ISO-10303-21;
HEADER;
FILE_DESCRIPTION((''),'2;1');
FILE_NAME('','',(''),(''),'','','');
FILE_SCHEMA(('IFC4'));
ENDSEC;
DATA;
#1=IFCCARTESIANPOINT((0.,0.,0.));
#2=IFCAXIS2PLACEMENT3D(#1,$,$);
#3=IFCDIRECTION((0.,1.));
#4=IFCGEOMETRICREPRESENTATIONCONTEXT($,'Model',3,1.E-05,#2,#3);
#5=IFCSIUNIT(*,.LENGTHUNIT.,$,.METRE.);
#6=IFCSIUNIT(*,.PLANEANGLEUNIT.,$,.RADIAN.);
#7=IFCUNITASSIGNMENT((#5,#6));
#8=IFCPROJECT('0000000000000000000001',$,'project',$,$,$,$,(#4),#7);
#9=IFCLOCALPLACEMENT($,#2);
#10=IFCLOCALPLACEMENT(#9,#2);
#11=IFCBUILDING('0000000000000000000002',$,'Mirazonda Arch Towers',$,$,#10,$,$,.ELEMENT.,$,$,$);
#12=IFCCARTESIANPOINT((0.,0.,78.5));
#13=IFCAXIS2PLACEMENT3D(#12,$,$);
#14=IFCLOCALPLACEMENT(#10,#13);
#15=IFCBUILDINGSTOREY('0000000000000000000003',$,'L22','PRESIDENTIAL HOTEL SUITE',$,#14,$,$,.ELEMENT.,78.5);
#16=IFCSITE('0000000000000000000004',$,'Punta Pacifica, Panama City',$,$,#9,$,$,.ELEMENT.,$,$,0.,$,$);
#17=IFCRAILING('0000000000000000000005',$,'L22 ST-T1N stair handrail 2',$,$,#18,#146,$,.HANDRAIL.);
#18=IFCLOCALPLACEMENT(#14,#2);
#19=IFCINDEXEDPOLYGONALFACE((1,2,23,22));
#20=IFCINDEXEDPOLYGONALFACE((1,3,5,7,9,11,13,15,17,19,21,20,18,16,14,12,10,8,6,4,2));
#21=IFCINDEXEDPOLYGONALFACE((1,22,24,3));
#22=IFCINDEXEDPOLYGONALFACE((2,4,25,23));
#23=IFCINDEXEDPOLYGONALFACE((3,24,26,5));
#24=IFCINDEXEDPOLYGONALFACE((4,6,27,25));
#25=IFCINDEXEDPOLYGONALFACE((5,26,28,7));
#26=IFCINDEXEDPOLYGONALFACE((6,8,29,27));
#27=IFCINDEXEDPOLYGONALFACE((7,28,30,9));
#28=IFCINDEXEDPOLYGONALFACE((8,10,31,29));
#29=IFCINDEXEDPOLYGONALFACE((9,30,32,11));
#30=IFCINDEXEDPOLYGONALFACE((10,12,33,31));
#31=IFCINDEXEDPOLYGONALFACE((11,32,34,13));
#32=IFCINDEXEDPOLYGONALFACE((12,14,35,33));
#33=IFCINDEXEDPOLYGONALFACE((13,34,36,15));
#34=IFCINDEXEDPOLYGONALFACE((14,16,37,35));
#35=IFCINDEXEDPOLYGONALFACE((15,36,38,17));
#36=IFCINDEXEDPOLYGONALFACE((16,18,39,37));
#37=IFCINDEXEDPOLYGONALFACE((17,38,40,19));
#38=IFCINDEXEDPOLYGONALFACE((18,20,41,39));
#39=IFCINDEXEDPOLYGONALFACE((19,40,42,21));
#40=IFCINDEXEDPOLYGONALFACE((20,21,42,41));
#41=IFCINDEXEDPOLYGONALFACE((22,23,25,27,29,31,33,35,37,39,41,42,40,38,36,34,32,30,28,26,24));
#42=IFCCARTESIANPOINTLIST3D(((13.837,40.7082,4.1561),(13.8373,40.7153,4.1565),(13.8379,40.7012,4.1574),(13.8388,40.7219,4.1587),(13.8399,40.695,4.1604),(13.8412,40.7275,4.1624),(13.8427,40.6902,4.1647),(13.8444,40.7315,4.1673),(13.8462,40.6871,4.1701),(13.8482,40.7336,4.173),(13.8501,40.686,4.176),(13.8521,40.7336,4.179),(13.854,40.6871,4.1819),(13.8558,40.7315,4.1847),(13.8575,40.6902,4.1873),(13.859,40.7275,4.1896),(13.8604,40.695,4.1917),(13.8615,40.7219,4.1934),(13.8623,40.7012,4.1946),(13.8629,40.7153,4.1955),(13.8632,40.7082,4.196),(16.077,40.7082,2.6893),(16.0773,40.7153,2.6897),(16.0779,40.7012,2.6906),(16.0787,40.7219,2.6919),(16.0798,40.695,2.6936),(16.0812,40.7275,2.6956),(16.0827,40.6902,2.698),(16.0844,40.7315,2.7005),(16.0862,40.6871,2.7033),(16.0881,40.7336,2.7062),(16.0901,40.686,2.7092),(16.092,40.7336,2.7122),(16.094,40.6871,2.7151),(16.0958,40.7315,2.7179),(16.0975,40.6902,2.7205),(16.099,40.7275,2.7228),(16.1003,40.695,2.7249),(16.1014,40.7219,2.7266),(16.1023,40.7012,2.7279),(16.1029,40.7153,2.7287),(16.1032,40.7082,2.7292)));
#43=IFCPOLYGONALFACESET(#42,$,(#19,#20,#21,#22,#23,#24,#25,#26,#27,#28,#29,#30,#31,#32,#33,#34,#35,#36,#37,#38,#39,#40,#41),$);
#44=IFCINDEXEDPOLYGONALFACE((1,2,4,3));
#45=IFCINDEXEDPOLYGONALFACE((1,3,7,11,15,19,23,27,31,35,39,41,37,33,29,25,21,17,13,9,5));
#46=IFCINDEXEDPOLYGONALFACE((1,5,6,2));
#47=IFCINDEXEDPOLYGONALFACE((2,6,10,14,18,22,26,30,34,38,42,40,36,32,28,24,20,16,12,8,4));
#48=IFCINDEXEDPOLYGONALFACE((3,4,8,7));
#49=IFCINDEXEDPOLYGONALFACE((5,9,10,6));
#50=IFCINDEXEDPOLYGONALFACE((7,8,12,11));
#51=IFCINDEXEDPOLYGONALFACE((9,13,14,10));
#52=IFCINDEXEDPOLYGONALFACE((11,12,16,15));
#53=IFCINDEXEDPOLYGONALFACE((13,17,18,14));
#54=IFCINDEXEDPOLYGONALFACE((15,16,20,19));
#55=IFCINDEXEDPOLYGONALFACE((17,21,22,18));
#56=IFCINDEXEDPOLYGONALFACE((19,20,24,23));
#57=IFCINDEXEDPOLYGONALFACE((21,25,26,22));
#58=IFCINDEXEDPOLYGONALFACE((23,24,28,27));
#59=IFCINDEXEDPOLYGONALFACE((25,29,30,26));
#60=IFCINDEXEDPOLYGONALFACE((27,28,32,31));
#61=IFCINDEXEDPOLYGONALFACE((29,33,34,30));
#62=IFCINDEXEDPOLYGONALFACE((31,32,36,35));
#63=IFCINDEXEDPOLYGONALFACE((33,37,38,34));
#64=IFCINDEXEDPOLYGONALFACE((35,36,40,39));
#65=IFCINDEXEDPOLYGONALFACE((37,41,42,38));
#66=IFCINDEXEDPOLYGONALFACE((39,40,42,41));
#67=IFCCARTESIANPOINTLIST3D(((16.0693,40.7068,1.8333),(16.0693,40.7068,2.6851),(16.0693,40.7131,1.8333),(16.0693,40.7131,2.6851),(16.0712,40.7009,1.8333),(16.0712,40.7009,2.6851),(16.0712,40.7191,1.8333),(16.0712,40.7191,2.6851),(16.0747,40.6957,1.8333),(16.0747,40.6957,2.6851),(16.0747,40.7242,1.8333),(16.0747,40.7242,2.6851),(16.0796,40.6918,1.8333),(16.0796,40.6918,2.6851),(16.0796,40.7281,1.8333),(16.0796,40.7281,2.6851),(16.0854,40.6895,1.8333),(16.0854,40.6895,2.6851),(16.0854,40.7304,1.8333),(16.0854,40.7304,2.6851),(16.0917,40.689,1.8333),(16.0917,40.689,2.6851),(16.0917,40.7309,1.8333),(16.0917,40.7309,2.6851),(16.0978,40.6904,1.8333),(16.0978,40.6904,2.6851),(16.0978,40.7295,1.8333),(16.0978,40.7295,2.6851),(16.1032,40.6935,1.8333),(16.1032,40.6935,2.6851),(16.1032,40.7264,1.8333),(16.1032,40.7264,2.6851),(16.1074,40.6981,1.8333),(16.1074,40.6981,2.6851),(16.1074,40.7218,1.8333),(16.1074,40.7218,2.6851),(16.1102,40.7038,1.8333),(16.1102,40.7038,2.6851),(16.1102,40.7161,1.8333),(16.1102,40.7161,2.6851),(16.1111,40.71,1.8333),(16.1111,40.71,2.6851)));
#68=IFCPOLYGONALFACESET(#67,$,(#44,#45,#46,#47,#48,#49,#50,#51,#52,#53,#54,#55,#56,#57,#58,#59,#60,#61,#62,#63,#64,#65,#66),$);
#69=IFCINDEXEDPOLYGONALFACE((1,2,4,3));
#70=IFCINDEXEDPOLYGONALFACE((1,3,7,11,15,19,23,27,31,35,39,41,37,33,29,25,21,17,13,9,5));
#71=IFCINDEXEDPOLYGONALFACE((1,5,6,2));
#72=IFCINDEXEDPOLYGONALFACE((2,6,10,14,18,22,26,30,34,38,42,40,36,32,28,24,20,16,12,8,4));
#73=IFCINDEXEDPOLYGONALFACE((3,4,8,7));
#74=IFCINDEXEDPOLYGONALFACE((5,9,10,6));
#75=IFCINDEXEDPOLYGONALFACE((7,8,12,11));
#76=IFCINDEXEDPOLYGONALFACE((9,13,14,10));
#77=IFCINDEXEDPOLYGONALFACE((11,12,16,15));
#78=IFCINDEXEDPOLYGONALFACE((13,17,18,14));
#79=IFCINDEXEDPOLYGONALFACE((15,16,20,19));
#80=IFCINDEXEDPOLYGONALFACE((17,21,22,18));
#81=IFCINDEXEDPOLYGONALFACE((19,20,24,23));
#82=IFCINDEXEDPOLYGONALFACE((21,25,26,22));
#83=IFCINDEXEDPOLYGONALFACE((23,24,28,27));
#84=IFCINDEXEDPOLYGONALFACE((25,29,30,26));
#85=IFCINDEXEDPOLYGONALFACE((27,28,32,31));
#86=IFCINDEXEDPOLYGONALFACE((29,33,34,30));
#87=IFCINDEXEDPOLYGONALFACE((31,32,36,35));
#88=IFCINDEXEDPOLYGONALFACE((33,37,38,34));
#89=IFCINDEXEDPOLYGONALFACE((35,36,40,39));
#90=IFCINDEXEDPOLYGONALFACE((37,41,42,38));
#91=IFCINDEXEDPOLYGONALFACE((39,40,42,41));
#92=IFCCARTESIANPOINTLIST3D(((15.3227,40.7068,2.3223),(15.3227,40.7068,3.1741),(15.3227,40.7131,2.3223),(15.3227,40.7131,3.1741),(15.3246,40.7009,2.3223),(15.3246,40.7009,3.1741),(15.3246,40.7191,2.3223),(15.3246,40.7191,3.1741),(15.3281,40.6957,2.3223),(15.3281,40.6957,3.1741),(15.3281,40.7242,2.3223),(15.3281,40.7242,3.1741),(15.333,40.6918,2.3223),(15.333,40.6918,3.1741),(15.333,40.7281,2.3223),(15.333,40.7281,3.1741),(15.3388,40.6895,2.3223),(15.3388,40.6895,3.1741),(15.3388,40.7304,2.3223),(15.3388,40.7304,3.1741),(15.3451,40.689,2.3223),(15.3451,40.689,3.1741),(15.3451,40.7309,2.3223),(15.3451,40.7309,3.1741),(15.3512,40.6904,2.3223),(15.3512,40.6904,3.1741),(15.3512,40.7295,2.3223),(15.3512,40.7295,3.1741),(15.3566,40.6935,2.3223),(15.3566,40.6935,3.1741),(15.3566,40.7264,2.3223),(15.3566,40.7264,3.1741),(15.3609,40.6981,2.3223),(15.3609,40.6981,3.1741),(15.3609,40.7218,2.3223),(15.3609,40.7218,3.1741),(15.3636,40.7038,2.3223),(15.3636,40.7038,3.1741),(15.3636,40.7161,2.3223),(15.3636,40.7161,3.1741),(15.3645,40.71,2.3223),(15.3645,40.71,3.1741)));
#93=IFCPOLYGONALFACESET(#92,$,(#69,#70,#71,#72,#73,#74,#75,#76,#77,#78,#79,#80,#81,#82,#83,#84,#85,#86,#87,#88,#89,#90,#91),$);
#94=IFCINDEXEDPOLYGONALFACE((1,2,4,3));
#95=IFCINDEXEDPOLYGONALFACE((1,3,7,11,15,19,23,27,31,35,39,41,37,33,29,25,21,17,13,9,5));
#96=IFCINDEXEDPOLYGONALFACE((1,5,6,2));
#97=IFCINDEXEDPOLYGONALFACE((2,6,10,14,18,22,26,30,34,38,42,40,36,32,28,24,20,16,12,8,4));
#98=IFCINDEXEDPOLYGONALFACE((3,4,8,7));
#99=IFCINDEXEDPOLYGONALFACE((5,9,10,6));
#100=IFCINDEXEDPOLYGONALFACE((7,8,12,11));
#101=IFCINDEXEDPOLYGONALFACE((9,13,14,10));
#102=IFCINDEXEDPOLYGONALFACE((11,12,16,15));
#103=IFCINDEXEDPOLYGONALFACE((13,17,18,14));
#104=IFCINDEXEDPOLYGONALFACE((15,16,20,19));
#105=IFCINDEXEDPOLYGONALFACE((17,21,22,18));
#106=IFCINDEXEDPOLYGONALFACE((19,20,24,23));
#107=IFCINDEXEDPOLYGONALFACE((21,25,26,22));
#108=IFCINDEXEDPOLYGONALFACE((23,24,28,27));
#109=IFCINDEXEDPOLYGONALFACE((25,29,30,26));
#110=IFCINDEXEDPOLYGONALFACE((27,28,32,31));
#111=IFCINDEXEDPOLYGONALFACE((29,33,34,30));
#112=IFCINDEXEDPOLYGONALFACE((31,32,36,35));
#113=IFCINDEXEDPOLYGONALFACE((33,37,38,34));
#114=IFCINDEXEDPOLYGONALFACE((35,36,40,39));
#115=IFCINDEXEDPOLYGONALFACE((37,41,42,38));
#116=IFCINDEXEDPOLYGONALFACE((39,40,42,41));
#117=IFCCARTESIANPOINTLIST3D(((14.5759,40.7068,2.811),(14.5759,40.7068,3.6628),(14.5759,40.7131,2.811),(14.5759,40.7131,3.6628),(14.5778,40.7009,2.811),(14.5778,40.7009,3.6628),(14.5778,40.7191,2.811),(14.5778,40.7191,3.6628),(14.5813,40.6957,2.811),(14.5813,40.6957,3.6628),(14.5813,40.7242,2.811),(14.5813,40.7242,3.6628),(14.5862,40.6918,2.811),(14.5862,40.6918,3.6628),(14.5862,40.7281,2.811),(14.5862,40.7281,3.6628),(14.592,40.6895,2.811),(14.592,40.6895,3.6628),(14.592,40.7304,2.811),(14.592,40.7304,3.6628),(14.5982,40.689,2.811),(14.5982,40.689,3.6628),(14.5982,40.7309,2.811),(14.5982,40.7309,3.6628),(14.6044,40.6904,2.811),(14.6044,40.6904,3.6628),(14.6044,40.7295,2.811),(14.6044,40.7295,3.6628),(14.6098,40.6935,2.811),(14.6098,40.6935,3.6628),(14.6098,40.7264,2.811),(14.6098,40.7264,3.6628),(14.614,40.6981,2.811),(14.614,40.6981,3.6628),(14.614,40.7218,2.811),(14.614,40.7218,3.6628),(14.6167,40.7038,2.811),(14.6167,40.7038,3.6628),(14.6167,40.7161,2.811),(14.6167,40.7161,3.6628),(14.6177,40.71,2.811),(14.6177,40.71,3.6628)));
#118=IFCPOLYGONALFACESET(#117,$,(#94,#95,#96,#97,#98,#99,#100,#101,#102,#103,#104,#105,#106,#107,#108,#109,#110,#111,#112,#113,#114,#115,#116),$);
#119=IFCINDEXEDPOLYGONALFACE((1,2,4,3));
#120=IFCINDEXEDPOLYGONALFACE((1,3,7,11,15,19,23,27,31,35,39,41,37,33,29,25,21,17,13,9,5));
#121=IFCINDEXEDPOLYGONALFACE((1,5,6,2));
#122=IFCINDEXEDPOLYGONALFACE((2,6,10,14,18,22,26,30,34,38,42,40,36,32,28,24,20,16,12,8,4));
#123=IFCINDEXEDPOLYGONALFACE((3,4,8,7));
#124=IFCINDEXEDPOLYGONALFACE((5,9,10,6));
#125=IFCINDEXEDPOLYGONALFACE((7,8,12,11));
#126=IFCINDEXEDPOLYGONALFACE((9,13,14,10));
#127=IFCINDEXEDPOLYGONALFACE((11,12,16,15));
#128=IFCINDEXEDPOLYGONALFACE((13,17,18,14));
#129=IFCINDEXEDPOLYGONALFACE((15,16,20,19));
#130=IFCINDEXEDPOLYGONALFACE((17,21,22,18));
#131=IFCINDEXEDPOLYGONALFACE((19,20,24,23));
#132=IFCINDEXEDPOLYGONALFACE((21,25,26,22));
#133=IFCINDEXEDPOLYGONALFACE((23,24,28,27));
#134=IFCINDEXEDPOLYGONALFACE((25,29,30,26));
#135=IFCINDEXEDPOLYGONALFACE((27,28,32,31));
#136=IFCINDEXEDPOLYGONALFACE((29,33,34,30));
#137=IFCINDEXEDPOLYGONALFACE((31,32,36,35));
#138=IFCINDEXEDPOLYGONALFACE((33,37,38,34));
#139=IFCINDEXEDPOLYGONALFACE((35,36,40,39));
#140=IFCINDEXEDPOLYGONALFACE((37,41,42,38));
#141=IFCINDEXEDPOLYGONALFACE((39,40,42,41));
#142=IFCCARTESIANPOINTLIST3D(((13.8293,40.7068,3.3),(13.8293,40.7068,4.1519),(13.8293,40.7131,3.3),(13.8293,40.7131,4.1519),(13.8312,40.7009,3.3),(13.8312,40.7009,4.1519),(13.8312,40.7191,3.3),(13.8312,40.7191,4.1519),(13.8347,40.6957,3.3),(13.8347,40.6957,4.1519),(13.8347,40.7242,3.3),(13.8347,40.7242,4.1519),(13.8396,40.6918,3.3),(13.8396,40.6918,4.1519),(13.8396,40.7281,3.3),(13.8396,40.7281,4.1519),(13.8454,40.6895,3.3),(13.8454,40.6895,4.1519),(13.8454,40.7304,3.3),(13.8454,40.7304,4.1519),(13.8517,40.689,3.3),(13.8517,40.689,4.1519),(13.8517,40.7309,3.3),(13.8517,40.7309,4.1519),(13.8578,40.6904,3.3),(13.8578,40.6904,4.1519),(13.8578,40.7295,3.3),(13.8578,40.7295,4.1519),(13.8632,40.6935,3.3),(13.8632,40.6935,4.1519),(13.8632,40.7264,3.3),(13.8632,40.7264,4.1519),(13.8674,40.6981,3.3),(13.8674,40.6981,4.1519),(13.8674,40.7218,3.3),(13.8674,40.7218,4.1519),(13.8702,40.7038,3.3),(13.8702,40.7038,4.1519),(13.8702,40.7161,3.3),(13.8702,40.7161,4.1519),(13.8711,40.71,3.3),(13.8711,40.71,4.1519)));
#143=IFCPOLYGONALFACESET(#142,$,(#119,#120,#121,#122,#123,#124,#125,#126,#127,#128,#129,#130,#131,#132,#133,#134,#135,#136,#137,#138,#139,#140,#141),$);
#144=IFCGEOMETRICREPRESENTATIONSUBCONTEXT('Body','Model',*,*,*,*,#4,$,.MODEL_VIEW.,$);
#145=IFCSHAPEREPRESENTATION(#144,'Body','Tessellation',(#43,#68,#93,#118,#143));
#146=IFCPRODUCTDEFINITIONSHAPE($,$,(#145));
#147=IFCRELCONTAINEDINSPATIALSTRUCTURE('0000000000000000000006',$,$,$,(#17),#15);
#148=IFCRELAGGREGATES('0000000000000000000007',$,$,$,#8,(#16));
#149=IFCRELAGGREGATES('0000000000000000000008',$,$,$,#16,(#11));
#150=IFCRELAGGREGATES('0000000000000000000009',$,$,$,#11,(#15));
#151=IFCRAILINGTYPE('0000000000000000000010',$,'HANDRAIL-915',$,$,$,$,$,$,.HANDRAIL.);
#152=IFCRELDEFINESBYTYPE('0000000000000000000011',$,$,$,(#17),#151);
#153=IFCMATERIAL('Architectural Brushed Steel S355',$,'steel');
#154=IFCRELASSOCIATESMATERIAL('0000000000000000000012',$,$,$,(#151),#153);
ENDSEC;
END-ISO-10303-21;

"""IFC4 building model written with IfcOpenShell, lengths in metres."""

from ifc_helpers import new_model, si_unit, direction, frame, origin, origin_2d, place, context, subcontext, project, spatial, circle, extrude, material, type_object, element, save


model = new_model("IFC4")

# Units and contexts
model_context = context("Model", 3, precision=1e-05, world=origin(), true_north=direction((0.0, 1.0)))
body_context = subcontext(model_context, "Body", "Model", "MODEL_VIEW")
ifc_project = project(units=[si_unit("LENGTHUNIT", "METRE"), si_unit("PLANEANGLEUNIT", "RADIAN")], contexts=[model_context])

# Site, building, storey
site_placement = place(None, origin())
site = spatial("IfcSite", under=ifc_project, at=site_placement, Name="Punta Pacifica, Panama City", CompositionType="ELEMENT", RefElevation=0.0)
building_placement = place(site_placement, origin())
building = spatial("IfcBuilding", under=site, at=building_placement, Name="Mirazonda Arch Towers", CompositionType="ELEMENT")
storey_placement = place(building_placement, frame((0.0, 0.0, 78.5)))
storey = spatial("IfcBuildingStorey", under=building, at=storey_placement, Name="L22", Description="PRESIDENTIAL HOTEL SUITE", CompositionType="ELEMENT", Elevation=78.5)

# Railing
ifc_material_1 = material(Name="Architectural Brushed Steel S355", Category="steel")
railing_type_1 = type_object("IfcRailingType", Name="HANDRAIL-915", PredefinedType="HANDRAIL", material=ifc_material_1)
railing_1_placement = place(storey_placement, frame((16.0901, 40.71, 1.8333)))
element("IfcRailing", 1, at=railing_1_placement, inside=storey, type_object=railing_type_1, Name="L22 ST-T1N stair handrail 2", PredefinedType="HANDRAIL", context=body_context, shape_type="SweptSolid", body=[
    extrude(circle(Radius=0.0239, at=origin_2d()), frame((0.0, 0.0, 0.876), z_axis=(-0.836595, 0.0, 0.547822), x_axis=(0.0, -1.0, 0.0)), (0.0, 0.0, 1.0), 2.6775),
    extrude(circle(Radius=0.021, at=origin_2d()), origin(), (0.0, 0.0, 1.0), 0.8518),
    extrude(circle(Radius=0.021, at=origin_2d()), frame((-0.7466, 0.0, 0.489)), (0.0, 0.0, 1.0), 0.8518),
    extrude(circle(Radius=0.021, at=origin_2d()), frame((-1.4934, 0.0, 0.9778)), (0.0, 0.0, 1.0), 0.8518),
    extrude(circle(Radius=0.021, at=origin_2d()), frame((-2.24, 0.0, 1.4668)), (0.0, 0.0, 1.0), 0.8518),
])

save(model, "model.ifc")
